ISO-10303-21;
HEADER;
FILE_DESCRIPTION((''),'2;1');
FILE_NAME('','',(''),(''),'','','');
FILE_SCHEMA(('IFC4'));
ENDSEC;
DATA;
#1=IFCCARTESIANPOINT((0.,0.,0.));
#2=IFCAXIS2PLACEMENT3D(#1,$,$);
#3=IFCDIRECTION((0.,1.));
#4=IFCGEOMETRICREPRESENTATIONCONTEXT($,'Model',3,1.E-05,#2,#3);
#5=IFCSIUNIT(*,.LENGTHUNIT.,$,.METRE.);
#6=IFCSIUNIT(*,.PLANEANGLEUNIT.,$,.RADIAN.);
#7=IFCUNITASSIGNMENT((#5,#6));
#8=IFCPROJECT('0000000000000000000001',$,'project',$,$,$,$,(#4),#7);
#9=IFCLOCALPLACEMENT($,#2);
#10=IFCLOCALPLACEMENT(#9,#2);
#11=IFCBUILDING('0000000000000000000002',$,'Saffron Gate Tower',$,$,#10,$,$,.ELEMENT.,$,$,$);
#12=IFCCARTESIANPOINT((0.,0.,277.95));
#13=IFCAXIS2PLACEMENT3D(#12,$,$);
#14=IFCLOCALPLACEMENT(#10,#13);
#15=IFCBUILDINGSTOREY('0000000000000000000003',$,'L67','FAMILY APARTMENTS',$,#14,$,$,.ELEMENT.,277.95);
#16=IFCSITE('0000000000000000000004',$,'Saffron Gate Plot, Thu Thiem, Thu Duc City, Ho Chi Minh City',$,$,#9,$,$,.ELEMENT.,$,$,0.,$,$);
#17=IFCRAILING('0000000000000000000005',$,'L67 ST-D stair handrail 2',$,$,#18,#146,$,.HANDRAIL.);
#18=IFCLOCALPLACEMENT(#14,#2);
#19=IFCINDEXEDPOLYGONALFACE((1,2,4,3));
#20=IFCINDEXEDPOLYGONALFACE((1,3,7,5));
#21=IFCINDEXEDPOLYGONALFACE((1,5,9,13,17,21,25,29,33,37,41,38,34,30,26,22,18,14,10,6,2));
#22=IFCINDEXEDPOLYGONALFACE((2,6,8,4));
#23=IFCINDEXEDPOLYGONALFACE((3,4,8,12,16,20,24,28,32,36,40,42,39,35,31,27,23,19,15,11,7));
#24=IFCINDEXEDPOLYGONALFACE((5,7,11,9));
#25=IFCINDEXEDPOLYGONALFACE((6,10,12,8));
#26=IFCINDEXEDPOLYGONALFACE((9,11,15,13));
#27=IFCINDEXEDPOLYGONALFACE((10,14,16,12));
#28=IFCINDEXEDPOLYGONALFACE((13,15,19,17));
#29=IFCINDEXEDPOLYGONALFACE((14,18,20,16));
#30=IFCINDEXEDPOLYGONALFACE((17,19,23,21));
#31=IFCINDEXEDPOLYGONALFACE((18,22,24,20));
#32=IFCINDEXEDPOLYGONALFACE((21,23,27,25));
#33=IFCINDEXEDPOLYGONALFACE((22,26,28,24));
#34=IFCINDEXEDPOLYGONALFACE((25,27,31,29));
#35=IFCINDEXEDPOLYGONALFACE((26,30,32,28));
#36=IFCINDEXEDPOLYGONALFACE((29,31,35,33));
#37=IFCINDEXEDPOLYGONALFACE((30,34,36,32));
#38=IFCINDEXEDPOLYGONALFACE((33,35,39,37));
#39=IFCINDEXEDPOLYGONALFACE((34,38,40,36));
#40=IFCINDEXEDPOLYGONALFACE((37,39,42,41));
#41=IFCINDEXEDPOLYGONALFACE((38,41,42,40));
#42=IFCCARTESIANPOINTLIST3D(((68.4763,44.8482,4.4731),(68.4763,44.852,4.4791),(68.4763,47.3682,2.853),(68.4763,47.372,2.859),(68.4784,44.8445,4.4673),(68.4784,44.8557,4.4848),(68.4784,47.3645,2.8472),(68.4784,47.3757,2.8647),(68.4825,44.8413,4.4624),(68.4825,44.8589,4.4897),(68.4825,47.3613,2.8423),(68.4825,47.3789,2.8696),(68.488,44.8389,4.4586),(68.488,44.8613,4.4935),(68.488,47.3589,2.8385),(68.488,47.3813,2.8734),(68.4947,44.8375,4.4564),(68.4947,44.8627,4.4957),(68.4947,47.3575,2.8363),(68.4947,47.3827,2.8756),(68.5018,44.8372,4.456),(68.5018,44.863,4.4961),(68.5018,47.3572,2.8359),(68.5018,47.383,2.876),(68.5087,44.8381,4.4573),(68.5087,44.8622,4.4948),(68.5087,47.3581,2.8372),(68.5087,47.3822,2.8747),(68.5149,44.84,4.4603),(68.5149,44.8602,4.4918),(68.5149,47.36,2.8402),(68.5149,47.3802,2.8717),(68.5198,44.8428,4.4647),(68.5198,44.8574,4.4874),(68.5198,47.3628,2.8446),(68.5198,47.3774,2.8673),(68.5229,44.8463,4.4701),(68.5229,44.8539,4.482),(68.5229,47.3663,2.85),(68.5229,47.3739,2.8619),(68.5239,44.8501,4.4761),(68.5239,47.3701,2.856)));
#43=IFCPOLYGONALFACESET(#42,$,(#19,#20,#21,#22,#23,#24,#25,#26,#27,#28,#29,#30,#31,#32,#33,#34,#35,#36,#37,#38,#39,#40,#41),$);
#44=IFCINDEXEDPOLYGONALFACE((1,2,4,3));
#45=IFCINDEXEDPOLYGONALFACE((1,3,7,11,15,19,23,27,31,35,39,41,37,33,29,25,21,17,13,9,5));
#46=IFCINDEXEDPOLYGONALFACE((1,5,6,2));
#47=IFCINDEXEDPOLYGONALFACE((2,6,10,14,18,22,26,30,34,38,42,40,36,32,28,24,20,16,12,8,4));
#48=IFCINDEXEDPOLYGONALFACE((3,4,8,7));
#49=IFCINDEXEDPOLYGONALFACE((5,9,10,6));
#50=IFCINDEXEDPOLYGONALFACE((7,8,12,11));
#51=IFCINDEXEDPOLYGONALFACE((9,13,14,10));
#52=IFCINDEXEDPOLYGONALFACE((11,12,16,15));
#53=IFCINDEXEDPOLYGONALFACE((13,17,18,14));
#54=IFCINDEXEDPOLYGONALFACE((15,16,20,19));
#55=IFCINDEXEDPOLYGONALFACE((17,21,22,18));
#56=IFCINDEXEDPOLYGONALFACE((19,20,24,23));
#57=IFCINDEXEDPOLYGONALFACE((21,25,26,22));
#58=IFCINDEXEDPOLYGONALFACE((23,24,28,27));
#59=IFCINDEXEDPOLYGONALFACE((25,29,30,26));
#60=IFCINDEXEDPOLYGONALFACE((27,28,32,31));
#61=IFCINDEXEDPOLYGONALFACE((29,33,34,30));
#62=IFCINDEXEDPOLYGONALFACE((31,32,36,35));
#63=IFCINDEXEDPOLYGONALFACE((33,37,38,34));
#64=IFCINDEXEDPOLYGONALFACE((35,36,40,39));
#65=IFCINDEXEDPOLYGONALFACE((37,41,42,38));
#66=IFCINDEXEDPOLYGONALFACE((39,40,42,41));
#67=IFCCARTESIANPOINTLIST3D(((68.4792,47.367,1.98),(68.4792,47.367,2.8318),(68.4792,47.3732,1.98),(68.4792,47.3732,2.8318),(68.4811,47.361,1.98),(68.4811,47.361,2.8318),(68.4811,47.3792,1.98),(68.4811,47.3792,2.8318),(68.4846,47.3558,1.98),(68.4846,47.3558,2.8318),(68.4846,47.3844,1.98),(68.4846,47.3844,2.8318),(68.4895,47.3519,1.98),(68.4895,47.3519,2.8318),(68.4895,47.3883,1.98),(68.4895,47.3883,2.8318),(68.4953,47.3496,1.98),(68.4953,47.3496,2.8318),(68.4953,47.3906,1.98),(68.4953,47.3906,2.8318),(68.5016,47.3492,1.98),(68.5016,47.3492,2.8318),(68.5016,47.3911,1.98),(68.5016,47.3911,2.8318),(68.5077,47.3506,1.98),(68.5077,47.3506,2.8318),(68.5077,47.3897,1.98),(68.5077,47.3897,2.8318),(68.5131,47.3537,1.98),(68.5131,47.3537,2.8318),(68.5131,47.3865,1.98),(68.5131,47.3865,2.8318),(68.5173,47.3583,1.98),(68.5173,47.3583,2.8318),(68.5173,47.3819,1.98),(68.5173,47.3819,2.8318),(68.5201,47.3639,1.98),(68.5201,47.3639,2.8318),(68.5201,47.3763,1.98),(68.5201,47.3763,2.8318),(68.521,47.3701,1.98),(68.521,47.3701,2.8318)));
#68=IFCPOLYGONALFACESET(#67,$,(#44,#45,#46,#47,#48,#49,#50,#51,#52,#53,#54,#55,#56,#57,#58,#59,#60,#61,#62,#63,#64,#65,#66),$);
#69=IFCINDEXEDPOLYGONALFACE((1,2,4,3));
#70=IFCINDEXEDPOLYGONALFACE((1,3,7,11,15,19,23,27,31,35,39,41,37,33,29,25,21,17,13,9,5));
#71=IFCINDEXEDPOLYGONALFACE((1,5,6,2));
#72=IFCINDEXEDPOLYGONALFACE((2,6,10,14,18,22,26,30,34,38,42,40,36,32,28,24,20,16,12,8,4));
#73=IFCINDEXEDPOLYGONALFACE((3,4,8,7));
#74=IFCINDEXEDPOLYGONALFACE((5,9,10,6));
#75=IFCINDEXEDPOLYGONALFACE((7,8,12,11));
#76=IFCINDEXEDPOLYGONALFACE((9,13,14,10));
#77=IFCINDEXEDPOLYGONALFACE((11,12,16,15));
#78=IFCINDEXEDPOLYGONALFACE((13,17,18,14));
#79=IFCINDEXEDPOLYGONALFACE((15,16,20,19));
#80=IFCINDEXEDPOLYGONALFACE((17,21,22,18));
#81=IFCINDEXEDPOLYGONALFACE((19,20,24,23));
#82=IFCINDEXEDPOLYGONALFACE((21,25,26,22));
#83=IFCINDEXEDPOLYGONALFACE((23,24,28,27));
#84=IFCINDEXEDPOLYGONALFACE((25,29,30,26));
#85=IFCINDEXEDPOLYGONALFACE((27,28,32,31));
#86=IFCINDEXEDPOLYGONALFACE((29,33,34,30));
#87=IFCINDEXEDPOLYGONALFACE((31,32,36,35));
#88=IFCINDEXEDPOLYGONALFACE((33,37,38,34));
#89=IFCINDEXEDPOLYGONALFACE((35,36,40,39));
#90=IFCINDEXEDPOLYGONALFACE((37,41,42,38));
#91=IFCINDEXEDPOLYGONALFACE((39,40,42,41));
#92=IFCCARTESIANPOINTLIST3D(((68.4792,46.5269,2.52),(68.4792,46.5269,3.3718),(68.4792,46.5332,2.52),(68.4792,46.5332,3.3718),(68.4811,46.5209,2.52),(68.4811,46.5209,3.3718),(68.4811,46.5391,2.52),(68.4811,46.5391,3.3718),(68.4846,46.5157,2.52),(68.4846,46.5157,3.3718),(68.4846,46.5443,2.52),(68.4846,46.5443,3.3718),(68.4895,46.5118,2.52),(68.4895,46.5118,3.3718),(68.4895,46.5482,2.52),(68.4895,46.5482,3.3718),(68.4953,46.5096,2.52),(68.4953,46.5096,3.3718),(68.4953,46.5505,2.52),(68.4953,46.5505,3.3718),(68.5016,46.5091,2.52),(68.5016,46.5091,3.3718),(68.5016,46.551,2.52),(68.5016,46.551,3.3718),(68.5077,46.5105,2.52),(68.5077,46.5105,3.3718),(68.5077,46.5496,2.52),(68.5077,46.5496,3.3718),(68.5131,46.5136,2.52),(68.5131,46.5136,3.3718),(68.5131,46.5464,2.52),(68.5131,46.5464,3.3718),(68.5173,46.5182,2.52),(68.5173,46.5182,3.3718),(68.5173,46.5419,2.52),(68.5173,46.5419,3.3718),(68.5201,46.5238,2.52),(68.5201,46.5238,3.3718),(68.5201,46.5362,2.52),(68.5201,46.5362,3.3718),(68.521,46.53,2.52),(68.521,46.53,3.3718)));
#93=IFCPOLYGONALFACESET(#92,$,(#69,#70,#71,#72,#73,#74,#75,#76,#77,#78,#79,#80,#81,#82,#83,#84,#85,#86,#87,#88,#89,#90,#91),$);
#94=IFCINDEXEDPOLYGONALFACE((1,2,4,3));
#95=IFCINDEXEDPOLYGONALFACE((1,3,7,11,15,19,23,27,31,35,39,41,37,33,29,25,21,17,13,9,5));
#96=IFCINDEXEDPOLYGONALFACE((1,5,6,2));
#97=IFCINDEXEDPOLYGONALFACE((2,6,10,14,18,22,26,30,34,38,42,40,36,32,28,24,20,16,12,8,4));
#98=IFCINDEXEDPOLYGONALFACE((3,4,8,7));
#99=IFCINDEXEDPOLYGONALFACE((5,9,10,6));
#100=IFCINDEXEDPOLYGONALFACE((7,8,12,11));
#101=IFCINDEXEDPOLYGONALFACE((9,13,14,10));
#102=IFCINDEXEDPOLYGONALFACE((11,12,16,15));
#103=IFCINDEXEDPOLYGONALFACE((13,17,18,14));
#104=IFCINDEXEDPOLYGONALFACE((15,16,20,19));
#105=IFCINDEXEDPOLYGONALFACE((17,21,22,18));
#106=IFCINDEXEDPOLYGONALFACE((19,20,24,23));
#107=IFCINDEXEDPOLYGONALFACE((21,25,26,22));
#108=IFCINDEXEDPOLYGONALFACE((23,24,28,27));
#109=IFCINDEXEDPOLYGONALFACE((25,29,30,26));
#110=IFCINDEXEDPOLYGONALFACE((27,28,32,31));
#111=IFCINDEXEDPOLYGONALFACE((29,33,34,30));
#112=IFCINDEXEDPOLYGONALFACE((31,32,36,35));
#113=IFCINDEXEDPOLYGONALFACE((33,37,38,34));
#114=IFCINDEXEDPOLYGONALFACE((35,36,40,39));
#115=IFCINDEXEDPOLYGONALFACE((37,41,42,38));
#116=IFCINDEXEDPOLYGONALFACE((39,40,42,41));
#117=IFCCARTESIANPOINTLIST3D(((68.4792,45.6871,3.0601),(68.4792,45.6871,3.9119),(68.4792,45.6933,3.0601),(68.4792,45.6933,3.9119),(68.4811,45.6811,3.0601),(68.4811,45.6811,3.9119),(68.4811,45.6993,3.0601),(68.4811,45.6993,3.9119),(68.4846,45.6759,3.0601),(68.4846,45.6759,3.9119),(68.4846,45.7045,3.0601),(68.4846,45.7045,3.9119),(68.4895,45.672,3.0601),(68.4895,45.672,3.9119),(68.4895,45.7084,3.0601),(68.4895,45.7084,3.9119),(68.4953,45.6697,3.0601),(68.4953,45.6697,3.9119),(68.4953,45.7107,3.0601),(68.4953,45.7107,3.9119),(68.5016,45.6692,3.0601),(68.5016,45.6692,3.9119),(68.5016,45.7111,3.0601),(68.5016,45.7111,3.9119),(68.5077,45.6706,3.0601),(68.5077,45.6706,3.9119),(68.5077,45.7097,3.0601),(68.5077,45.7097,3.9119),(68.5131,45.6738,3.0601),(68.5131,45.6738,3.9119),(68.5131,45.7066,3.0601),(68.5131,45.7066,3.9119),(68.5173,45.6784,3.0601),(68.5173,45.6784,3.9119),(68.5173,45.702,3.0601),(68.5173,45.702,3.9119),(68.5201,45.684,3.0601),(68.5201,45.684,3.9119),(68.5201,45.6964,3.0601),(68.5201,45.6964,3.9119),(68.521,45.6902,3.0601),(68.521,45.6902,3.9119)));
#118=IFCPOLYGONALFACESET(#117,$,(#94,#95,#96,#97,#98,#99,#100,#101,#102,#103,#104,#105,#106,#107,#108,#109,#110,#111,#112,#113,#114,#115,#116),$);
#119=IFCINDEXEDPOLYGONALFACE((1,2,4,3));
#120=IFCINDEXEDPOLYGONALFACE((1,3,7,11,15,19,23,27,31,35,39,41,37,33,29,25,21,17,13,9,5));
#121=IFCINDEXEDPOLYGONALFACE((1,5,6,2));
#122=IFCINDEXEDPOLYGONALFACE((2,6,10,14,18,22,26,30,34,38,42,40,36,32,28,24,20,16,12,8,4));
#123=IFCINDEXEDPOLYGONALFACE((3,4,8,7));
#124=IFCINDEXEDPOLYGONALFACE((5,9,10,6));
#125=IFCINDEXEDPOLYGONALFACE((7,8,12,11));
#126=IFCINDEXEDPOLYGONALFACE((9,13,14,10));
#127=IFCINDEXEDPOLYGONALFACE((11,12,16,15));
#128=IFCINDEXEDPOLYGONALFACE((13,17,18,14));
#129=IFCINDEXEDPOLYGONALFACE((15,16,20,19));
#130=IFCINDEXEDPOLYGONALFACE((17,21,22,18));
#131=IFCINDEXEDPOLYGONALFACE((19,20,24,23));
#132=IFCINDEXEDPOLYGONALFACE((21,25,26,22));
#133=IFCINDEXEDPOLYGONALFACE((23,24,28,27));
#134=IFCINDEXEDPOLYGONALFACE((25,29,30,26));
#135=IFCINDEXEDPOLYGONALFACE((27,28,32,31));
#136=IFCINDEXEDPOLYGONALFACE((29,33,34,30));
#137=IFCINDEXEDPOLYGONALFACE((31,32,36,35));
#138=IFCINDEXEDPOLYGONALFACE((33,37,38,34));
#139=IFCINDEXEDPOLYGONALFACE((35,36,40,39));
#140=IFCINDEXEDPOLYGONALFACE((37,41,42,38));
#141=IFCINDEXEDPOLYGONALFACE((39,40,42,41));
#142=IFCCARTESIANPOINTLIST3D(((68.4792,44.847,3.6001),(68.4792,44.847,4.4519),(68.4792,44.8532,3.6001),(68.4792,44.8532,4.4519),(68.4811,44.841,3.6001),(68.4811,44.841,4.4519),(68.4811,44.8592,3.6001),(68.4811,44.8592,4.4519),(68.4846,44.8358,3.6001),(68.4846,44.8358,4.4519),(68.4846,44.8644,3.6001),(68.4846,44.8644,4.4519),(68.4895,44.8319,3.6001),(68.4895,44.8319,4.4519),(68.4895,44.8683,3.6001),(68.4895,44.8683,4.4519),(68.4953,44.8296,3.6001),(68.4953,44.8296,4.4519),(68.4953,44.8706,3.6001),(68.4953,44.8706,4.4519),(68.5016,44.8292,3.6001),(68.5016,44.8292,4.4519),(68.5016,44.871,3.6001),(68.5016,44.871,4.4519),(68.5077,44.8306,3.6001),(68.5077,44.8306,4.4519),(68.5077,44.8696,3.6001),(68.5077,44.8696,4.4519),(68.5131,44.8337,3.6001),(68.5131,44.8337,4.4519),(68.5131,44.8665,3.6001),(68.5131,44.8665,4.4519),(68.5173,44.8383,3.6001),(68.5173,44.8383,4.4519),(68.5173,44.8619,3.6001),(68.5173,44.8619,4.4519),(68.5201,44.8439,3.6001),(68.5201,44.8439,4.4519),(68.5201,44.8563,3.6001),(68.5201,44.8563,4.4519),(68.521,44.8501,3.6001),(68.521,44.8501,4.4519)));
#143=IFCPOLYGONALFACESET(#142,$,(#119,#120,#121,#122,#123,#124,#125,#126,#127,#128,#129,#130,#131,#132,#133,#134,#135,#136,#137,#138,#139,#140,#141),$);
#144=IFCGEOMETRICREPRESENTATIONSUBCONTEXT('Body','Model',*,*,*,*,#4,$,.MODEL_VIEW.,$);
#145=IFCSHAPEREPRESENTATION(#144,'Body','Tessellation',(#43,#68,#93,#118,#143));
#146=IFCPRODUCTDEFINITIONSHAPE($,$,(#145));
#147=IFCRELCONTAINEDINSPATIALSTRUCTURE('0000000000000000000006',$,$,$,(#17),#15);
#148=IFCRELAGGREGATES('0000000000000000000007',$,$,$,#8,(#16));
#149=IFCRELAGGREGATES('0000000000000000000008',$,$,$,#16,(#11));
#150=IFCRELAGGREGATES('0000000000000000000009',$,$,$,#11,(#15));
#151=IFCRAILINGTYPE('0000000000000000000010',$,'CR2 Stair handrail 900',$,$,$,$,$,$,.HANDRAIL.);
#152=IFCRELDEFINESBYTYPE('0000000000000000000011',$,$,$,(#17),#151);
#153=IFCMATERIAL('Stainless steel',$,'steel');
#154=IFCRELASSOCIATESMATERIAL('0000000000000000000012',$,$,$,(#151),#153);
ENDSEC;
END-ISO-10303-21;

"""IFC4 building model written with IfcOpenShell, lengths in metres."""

from ifc_helpers import new_model, si_unit, direction, frame, origin, origin_2d, place, context, subcontext, project, spatial, circle, extrude, material, type_object, element, save


model = new_model("IFC4")

# Units and contexts
model_context = context("Model", 3, precision=1e-05, world=origin(), true_north=direction((0.0, 1.0)))
body_context = subcontext(model_context, "Body", "Model", "MODEL_VIEW")
ifc_project = project(units=[si_unit("LENGTHUNIT", "METRE"), si_unit("PLANEANGLEUNIT", "RADIAN")], contexts=[model_context])

# Site, building, storey
site_placement = place(None, origin())
site = spatial("IfcSite", under=ifc_project, at=site_placement, Name="Saffron Gate Plot, Thu Thiem, Thu Duc City, Ho Chi Minh City", CompositionType="ELEMENT", RefElevation=0.0)
building_placement = place(site_placement, origin())
building = spatial("IfcBuilding", under=site, at=building_placement, Name="Saffron Gate Tower", CompositionType="ELEMENT")
storey_placement = place(building_placement, frame((0.0, 0.0, 277.95)))
storey = spatial("IfcBuildingStorey", under=building, at=storey_placement, Name="L67", Description="FAMILY APARTMENTS", CompositionType="ELEMENT", Elevation=277.95)

# Railing
ifc_material_1 = material(Name="Stainless steel", Category="steel")
railing_type_1 = type_object("IfcRailingType", Name="CR2 Stair handrail 900", PredefinedType="HANDRAIL", material=ifc_material_1)
railing_1_placement = place(storey_placement, frame((68.5, 47.3701, 1.98)))
element("IfcRailing", 1, at=railing_1_placement, inside=storey, type_object=railing_type_1, Name="L67 ST-D stair handrail 2", PredefinedType="HANDRAIL", context=body_context, shape_type="SweptSolid", body=[
    extrude(circle(Radius=0.0239, at=origin_2d()), frame((0.0, 0.0, 0.876), z_axis=(0.0, -0.841163, 0.540782), x_axis=(1.0, 0.0, 0.0)), (0.0, 0.0, 1.0), 2.9958),
    extrude(circle(Radius=0.021, at=origin_2d()), origin(), (0.0, 0.0, 1.0), 0.8518),
    extrude(circle(Radius=0.021, at=origin_2d()), frame((0.0, -0.8401, 0.54)), (0.0, 0.0, 1.0), 0.8518),
    extrude(circle(Radius=0.021, at=origin_2d()), frame((0.0, -1.6799, 1.0801)), (0.0, 0.0, 1.0), 0.8518),
    extrude(circle(Radius=0.021, at=origin_2d()), frame((0.0, -2.52, 1.6201)), (0.0, 0.0, 1.0), 0.8518),
])

save(model, "model.ifc")
